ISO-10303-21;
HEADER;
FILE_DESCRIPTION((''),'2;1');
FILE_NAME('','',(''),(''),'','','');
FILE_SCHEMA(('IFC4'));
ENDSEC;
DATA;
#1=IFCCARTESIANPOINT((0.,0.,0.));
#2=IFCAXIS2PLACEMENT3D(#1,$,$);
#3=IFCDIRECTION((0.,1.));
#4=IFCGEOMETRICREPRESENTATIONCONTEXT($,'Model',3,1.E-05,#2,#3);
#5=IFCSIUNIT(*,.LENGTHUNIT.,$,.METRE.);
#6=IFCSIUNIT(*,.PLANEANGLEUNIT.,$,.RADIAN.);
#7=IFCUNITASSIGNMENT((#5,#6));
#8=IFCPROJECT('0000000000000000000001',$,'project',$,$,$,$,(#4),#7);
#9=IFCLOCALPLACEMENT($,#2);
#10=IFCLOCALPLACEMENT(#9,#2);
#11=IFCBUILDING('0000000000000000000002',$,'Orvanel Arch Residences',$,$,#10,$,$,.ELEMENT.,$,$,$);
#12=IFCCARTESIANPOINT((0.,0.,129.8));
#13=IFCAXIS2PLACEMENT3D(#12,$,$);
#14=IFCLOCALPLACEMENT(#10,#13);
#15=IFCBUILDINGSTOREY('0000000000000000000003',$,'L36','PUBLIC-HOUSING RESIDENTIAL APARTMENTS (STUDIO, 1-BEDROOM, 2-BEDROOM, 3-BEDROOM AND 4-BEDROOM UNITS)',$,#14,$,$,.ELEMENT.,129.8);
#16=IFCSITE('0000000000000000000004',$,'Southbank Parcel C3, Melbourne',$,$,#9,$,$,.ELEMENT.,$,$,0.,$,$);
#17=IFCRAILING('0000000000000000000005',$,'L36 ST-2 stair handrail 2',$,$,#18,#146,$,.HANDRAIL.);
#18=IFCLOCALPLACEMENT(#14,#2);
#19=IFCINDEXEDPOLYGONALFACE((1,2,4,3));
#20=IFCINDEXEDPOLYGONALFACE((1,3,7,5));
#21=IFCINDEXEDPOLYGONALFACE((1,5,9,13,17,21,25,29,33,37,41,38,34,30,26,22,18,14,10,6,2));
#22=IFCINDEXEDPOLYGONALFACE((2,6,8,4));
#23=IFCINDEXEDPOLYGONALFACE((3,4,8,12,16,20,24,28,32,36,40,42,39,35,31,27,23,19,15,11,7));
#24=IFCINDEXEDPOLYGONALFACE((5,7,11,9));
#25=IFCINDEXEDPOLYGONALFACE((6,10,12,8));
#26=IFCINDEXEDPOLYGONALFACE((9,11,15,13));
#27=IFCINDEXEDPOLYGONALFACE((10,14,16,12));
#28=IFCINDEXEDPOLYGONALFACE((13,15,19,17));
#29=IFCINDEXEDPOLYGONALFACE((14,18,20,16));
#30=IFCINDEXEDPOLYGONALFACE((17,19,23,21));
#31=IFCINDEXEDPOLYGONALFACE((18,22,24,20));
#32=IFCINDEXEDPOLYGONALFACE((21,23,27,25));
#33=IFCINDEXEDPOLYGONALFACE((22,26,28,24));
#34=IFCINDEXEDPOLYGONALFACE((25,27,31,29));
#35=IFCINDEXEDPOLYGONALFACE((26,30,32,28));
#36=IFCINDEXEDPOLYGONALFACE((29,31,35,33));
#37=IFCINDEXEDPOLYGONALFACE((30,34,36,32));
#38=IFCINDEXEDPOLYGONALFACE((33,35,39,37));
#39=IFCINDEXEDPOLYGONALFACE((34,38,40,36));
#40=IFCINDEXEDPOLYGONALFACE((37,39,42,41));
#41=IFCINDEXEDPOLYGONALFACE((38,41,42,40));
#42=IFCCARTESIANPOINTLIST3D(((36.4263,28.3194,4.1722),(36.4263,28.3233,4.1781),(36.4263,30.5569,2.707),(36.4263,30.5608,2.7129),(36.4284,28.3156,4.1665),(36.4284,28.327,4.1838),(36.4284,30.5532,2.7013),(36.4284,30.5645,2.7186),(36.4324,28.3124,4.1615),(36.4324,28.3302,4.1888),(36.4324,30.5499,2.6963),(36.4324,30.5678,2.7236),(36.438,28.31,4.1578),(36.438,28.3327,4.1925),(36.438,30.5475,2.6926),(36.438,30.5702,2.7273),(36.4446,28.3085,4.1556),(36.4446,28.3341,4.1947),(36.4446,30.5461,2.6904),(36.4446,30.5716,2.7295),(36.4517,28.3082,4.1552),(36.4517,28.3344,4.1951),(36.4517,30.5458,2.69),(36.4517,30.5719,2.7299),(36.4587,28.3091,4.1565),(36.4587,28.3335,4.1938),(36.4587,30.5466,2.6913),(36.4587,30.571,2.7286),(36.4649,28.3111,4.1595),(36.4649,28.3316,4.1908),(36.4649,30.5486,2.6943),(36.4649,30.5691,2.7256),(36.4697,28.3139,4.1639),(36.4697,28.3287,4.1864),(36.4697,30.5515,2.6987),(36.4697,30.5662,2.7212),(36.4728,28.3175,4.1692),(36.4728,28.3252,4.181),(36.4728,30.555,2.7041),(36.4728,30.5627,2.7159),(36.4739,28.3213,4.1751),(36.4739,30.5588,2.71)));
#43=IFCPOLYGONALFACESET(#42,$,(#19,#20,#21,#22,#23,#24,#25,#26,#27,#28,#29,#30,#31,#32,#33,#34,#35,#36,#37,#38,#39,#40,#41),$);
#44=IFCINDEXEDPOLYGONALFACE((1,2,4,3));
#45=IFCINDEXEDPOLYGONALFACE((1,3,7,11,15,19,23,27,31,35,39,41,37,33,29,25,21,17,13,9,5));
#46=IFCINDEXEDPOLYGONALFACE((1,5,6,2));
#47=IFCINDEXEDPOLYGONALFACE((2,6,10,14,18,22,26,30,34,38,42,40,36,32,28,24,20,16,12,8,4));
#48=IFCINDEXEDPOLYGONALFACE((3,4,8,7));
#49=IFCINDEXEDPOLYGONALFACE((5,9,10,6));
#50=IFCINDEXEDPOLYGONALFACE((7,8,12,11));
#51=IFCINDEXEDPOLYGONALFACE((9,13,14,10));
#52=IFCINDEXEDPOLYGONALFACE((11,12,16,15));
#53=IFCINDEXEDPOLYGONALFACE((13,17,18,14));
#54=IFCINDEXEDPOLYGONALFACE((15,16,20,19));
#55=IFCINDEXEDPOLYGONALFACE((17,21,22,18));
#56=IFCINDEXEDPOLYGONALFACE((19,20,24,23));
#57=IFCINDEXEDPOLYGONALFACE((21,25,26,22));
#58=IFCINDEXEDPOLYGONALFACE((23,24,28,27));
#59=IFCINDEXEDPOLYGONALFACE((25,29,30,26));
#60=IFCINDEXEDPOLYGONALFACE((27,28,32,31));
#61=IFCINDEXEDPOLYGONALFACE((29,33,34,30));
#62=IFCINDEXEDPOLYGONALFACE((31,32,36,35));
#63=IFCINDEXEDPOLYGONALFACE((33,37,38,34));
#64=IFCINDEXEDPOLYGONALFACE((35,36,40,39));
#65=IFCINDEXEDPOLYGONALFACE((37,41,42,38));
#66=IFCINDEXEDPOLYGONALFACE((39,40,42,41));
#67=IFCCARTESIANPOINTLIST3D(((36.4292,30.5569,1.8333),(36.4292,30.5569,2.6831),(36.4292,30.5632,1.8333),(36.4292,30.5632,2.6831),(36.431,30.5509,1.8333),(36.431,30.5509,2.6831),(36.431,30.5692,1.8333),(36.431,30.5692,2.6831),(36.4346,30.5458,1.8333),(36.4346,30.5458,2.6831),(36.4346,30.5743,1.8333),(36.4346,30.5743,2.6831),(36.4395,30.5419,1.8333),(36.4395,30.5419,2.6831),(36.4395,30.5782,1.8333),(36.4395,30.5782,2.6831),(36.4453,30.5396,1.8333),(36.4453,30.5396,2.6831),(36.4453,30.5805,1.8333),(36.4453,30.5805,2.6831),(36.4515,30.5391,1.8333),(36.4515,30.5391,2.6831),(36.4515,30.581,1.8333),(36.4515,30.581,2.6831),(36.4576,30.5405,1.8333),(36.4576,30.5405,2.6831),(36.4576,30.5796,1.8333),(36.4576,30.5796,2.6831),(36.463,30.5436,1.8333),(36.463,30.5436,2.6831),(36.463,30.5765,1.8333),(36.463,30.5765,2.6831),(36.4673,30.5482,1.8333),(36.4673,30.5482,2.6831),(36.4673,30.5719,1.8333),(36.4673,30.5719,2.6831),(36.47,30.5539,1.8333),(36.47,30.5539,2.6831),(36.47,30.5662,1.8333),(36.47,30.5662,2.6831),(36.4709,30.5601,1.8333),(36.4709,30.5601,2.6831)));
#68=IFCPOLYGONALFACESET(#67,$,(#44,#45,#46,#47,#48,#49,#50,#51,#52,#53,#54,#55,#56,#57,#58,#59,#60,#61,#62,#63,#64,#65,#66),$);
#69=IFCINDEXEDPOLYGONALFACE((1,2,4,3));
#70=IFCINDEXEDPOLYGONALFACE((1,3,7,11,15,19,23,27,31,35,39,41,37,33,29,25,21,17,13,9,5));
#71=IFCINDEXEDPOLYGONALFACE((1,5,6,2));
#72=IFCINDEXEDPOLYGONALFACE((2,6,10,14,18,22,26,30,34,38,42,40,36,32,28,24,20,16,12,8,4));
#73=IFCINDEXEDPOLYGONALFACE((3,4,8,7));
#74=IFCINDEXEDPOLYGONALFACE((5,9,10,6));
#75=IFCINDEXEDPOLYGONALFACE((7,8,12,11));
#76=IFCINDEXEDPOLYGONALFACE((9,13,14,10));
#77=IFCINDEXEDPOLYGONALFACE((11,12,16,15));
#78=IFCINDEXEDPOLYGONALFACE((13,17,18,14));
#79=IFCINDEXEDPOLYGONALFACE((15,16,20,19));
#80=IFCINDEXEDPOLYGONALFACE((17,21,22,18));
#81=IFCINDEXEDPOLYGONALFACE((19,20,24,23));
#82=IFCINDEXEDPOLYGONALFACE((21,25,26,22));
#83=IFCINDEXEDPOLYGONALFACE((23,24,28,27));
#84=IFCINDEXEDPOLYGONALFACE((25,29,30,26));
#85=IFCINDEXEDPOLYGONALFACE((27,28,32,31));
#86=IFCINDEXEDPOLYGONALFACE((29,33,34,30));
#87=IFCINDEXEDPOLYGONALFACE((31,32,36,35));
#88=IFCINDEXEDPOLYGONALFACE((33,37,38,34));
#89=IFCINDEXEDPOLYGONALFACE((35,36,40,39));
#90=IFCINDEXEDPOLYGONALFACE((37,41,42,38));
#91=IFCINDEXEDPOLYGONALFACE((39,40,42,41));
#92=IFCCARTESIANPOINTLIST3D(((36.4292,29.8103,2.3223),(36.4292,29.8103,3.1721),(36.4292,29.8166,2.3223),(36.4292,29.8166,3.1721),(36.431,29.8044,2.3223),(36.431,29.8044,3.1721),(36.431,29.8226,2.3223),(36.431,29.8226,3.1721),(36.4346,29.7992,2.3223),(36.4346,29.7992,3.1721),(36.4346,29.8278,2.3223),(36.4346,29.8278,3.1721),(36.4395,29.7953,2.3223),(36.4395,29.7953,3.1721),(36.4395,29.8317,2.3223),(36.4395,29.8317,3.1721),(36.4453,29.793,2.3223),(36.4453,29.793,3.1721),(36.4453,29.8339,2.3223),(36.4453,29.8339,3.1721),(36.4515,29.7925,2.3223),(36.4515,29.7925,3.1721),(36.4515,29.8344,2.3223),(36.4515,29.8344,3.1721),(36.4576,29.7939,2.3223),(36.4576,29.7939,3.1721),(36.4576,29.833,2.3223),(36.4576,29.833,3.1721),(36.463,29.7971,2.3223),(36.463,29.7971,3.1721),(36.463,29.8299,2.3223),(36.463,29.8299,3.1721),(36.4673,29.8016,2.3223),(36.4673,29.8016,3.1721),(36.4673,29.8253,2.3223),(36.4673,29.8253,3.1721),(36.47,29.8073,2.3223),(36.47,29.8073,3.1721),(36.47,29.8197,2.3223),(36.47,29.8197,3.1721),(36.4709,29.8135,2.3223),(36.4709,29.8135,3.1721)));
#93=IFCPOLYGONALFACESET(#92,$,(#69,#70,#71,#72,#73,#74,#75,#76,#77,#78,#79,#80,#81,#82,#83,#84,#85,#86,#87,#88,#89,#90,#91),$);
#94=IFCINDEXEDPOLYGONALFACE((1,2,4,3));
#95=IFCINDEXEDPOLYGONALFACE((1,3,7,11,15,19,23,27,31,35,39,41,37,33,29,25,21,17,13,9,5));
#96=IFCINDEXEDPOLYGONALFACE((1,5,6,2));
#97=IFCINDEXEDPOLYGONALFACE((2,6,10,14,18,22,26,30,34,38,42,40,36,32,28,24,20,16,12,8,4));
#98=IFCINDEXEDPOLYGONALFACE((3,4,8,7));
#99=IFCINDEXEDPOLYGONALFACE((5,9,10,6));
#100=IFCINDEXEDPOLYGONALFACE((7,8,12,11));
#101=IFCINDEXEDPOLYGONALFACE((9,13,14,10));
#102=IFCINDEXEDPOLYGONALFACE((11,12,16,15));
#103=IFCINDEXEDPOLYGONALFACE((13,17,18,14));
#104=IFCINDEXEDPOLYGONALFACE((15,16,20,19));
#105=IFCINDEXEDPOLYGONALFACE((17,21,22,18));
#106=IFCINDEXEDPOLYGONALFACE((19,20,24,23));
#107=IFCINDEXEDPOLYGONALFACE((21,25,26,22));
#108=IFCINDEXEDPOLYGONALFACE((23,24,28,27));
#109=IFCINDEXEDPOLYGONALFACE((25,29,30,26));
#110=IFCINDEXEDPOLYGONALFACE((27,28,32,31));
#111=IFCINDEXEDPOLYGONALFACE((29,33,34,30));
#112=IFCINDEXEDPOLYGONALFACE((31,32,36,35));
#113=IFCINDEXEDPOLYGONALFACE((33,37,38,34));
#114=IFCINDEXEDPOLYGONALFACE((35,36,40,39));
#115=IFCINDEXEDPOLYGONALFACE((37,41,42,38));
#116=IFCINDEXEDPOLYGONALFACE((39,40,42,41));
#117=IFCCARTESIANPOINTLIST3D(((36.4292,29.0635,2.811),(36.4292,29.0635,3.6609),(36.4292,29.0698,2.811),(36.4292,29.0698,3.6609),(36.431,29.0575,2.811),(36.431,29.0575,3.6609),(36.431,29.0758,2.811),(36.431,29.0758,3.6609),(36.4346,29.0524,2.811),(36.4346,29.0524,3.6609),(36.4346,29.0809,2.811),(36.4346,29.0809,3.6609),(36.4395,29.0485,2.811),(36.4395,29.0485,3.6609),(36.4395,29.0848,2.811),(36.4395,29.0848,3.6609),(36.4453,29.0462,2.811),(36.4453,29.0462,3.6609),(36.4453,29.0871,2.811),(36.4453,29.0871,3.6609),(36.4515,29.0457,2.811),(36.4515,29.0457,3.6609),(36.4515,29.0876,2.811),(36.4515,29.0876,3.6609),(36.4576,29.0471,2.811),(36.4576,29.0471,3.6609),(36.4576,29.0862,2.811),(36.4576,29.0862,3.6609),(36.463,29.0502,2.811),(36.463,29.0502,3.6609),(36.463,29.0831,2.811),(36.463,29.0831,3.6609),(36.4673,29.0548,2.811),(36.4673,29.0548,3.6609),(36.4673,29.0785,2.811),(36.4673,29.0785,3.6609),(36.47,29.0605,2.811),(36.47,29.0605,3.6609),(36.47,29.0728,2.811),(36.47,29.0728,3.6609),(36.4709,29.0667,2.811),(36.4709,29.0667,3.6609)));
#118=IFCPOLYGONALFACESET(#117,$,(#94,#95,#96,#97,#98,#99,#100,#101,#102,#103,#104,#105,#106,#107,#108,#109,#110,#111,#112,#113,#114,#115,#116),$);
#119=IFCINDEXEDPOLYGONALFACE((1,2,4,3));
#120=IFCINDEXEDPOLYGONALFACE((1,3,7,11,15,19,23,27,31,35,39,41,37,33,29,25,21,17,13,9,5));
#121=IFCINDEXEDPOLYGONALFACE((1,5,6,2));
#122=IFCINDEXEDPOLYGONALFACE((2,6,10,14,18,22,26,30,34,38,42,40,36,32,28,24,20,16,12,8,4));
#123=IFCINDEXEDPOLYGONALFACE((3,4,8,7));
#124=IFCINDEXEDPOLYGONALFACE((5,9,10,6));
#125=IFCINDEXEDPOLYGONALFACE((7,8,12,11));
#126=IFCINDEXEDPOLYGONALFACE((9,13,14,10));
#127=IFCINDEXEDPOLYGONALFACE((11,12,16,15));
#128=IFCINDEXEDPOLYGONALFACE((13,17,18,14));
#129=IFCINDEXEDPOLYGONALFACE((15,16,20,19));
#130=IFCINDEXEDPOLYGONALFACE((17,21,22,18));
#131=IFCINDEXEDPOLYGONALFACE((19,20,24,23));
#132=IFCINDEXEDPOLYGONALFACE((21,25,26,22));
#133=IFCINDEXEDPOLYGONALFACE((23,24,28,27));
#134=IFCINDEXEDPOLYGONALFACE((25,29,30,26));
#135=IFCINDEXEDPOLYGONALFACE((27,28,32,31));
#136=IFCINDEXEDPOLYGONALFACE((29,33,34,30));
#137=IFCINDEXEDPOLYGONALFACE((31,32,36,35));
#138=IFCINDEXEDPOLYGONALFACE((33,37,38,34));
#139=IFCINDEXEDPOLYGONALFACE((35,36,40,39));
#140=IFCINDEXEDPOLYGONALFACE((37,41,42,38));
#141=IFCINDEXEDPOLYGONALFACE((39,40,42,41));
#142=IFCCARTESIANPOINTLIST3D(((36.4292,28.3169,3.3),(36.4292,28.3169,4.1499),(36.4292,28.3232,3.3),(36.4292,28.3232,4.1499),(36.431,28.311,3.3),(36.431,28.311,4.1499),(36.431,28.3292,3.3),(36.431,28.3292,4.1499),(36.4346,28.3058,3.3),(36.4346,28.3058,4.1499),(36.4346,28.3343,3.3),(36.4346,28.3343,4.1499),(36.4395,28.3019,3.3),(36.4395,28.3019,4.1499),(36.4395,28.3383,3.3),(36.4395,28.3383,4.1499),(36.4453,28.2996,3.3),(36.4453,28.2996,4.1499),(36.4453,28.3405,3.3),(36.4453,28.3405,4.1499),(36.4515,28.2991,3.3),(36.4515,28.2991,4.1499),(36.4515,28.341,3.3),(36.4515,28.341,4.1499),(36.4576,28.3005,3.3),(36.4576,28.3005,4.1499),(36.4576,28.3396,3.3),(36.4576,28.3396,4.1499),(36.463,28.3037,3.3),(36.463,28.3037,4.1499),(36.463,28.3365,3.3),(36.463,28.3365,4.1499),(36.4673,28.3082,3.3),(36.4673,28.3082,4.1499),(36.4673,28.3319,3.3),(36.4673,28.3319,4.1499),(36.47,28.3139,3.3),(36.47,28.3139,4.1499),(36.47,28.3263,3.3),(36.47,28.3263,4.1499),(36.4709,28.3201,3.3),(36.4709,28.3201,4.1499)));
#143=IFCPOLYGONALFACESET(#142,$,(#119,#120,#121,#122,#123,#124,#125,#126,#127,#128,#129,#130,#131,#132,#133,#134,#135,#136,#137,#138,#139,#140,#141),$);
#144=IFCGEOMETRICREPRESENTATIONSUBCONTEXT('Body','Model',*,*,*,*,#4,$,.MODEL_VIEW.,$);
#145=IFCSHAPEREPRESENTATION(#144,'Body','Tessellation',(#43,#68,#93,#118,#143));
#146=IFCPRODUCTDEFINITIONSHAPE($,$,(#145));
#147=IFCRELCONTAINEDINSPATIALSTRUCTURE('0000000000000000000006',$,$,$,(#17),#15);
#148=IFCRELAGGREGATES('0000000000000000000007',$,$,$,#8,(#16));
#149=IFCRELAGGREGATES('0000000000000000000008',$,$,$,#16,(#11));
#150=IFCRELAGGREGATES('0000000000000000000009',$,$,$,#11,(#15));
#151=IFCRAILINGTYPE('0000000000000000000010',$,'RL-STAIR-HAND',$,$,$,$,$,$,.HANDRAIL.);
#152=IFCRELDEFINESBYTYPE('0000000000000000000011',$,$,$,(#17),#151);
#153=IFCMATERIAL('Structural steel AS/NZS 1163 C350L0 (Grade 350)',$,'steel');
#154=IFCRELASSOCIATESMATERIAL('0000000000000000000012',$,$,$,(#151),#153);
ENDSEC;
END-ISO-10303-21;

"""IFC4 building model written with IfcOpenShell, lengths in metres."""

from ifc_helpers import new_model, si_unit, direction, frame, origin, origin_2d, place, context, subcontext, project, spatial, circle, extrude, material, type_object, element, save


model = new_model("IFC4")

# Units and contexts
model_context = context("Model", 3, precision=1e-05, world=origin(), true_north=direction((0.0, 1.0)))
body_context = subcontext(model_context, "Body", "Model", "MODEL_VIEW")
ifc_project = project(units=[si_unit("LENGTHUNIT", "METRE"), si_unit("PLANEANGLEUNIT", "RADIAN")], contexts=[model_context])

# Site, building, storey
site_placement = place(None, origin())
site = spatial("IfcSite", under=ifc_project, at=site_placement, Name="Southbank Parcel C3, Melbourne", CompositionType="ELEMENT", RefElevation=0.0)
building_placement = place(site_placement, origin())
building = spatial("IfcBuilding", under=site, at=building_placement, Name="Orvanel Arch Residences", CompositionType="ELEMENT")
storey_placement = place(building_placement, frame((0.0, 0.0, 129.8)))
storey = spatial("IfcBuildingStorey", under=building, at=storey_placement, Name="L36", Description="PUBLIC-HOUSING RESIDENTIAL APARTMENTS (STUDIO, 1-BEDROOM, 2-BEDROOM, 3-BEDROOM AND 4-BEDROOM UNITS)", CompositionType="ELEMENT", Elevation=129.8)

# Railing
ifc_material_1 = material(Name="Structural steel AS/NZS 1163 C350L0 (Grade 350)", Category="steel")
railing_type_1 = type_object("IfcRailingType", Name="RL-STAIR-HAND", PredefinedType="HANDRAIL", material=ifc_material_1)
railing_1_placement = place(storey_placement, frame((36.45, 30.5601, 1.8333)))
element("IfcRailing", 1, at=railing_1_placement, inside=storey, type_object=railing_type_1, Name="L36 ST-2 stair handrail 2", PredefinedType="HANDRAIL", context=body_context, shape_type="SweptSolid", body=[
    extrude(circle(Radius=0.0239, at=origin_2d()), frame((0.0, -0.0012, 0.8767), z_axis=(0.0, -0.836595, 0.547822), x_axis=(1.0, 0.0, 0.0)), (0.0, 0.0, 1.0), 2.6746),
    extrude(circle(Radius=0.021, at=origin_2d()), origin(), (0.0, 0.0, 1.0), 0.8499),
    extrude(circle(Radius=0.021, at=origin_2d()), frame((0.0, -0.7466, 0.489)), (0.0, 0.0, 1.0), 0.8499),
    extrude(circle(Radius=0.021, at=origin_2d()), frame((0.0, -1.4934, 0.9778)), (0.0, 0.0, 1.0), 0.8499),
    extrude(circle(Radius=0.021, at=origin_2d()), frame((0.0, -2.24, 1.4668)), (0.0, 0.0, 1.0), 0.8499),
])

save(model, "model.ifc")
